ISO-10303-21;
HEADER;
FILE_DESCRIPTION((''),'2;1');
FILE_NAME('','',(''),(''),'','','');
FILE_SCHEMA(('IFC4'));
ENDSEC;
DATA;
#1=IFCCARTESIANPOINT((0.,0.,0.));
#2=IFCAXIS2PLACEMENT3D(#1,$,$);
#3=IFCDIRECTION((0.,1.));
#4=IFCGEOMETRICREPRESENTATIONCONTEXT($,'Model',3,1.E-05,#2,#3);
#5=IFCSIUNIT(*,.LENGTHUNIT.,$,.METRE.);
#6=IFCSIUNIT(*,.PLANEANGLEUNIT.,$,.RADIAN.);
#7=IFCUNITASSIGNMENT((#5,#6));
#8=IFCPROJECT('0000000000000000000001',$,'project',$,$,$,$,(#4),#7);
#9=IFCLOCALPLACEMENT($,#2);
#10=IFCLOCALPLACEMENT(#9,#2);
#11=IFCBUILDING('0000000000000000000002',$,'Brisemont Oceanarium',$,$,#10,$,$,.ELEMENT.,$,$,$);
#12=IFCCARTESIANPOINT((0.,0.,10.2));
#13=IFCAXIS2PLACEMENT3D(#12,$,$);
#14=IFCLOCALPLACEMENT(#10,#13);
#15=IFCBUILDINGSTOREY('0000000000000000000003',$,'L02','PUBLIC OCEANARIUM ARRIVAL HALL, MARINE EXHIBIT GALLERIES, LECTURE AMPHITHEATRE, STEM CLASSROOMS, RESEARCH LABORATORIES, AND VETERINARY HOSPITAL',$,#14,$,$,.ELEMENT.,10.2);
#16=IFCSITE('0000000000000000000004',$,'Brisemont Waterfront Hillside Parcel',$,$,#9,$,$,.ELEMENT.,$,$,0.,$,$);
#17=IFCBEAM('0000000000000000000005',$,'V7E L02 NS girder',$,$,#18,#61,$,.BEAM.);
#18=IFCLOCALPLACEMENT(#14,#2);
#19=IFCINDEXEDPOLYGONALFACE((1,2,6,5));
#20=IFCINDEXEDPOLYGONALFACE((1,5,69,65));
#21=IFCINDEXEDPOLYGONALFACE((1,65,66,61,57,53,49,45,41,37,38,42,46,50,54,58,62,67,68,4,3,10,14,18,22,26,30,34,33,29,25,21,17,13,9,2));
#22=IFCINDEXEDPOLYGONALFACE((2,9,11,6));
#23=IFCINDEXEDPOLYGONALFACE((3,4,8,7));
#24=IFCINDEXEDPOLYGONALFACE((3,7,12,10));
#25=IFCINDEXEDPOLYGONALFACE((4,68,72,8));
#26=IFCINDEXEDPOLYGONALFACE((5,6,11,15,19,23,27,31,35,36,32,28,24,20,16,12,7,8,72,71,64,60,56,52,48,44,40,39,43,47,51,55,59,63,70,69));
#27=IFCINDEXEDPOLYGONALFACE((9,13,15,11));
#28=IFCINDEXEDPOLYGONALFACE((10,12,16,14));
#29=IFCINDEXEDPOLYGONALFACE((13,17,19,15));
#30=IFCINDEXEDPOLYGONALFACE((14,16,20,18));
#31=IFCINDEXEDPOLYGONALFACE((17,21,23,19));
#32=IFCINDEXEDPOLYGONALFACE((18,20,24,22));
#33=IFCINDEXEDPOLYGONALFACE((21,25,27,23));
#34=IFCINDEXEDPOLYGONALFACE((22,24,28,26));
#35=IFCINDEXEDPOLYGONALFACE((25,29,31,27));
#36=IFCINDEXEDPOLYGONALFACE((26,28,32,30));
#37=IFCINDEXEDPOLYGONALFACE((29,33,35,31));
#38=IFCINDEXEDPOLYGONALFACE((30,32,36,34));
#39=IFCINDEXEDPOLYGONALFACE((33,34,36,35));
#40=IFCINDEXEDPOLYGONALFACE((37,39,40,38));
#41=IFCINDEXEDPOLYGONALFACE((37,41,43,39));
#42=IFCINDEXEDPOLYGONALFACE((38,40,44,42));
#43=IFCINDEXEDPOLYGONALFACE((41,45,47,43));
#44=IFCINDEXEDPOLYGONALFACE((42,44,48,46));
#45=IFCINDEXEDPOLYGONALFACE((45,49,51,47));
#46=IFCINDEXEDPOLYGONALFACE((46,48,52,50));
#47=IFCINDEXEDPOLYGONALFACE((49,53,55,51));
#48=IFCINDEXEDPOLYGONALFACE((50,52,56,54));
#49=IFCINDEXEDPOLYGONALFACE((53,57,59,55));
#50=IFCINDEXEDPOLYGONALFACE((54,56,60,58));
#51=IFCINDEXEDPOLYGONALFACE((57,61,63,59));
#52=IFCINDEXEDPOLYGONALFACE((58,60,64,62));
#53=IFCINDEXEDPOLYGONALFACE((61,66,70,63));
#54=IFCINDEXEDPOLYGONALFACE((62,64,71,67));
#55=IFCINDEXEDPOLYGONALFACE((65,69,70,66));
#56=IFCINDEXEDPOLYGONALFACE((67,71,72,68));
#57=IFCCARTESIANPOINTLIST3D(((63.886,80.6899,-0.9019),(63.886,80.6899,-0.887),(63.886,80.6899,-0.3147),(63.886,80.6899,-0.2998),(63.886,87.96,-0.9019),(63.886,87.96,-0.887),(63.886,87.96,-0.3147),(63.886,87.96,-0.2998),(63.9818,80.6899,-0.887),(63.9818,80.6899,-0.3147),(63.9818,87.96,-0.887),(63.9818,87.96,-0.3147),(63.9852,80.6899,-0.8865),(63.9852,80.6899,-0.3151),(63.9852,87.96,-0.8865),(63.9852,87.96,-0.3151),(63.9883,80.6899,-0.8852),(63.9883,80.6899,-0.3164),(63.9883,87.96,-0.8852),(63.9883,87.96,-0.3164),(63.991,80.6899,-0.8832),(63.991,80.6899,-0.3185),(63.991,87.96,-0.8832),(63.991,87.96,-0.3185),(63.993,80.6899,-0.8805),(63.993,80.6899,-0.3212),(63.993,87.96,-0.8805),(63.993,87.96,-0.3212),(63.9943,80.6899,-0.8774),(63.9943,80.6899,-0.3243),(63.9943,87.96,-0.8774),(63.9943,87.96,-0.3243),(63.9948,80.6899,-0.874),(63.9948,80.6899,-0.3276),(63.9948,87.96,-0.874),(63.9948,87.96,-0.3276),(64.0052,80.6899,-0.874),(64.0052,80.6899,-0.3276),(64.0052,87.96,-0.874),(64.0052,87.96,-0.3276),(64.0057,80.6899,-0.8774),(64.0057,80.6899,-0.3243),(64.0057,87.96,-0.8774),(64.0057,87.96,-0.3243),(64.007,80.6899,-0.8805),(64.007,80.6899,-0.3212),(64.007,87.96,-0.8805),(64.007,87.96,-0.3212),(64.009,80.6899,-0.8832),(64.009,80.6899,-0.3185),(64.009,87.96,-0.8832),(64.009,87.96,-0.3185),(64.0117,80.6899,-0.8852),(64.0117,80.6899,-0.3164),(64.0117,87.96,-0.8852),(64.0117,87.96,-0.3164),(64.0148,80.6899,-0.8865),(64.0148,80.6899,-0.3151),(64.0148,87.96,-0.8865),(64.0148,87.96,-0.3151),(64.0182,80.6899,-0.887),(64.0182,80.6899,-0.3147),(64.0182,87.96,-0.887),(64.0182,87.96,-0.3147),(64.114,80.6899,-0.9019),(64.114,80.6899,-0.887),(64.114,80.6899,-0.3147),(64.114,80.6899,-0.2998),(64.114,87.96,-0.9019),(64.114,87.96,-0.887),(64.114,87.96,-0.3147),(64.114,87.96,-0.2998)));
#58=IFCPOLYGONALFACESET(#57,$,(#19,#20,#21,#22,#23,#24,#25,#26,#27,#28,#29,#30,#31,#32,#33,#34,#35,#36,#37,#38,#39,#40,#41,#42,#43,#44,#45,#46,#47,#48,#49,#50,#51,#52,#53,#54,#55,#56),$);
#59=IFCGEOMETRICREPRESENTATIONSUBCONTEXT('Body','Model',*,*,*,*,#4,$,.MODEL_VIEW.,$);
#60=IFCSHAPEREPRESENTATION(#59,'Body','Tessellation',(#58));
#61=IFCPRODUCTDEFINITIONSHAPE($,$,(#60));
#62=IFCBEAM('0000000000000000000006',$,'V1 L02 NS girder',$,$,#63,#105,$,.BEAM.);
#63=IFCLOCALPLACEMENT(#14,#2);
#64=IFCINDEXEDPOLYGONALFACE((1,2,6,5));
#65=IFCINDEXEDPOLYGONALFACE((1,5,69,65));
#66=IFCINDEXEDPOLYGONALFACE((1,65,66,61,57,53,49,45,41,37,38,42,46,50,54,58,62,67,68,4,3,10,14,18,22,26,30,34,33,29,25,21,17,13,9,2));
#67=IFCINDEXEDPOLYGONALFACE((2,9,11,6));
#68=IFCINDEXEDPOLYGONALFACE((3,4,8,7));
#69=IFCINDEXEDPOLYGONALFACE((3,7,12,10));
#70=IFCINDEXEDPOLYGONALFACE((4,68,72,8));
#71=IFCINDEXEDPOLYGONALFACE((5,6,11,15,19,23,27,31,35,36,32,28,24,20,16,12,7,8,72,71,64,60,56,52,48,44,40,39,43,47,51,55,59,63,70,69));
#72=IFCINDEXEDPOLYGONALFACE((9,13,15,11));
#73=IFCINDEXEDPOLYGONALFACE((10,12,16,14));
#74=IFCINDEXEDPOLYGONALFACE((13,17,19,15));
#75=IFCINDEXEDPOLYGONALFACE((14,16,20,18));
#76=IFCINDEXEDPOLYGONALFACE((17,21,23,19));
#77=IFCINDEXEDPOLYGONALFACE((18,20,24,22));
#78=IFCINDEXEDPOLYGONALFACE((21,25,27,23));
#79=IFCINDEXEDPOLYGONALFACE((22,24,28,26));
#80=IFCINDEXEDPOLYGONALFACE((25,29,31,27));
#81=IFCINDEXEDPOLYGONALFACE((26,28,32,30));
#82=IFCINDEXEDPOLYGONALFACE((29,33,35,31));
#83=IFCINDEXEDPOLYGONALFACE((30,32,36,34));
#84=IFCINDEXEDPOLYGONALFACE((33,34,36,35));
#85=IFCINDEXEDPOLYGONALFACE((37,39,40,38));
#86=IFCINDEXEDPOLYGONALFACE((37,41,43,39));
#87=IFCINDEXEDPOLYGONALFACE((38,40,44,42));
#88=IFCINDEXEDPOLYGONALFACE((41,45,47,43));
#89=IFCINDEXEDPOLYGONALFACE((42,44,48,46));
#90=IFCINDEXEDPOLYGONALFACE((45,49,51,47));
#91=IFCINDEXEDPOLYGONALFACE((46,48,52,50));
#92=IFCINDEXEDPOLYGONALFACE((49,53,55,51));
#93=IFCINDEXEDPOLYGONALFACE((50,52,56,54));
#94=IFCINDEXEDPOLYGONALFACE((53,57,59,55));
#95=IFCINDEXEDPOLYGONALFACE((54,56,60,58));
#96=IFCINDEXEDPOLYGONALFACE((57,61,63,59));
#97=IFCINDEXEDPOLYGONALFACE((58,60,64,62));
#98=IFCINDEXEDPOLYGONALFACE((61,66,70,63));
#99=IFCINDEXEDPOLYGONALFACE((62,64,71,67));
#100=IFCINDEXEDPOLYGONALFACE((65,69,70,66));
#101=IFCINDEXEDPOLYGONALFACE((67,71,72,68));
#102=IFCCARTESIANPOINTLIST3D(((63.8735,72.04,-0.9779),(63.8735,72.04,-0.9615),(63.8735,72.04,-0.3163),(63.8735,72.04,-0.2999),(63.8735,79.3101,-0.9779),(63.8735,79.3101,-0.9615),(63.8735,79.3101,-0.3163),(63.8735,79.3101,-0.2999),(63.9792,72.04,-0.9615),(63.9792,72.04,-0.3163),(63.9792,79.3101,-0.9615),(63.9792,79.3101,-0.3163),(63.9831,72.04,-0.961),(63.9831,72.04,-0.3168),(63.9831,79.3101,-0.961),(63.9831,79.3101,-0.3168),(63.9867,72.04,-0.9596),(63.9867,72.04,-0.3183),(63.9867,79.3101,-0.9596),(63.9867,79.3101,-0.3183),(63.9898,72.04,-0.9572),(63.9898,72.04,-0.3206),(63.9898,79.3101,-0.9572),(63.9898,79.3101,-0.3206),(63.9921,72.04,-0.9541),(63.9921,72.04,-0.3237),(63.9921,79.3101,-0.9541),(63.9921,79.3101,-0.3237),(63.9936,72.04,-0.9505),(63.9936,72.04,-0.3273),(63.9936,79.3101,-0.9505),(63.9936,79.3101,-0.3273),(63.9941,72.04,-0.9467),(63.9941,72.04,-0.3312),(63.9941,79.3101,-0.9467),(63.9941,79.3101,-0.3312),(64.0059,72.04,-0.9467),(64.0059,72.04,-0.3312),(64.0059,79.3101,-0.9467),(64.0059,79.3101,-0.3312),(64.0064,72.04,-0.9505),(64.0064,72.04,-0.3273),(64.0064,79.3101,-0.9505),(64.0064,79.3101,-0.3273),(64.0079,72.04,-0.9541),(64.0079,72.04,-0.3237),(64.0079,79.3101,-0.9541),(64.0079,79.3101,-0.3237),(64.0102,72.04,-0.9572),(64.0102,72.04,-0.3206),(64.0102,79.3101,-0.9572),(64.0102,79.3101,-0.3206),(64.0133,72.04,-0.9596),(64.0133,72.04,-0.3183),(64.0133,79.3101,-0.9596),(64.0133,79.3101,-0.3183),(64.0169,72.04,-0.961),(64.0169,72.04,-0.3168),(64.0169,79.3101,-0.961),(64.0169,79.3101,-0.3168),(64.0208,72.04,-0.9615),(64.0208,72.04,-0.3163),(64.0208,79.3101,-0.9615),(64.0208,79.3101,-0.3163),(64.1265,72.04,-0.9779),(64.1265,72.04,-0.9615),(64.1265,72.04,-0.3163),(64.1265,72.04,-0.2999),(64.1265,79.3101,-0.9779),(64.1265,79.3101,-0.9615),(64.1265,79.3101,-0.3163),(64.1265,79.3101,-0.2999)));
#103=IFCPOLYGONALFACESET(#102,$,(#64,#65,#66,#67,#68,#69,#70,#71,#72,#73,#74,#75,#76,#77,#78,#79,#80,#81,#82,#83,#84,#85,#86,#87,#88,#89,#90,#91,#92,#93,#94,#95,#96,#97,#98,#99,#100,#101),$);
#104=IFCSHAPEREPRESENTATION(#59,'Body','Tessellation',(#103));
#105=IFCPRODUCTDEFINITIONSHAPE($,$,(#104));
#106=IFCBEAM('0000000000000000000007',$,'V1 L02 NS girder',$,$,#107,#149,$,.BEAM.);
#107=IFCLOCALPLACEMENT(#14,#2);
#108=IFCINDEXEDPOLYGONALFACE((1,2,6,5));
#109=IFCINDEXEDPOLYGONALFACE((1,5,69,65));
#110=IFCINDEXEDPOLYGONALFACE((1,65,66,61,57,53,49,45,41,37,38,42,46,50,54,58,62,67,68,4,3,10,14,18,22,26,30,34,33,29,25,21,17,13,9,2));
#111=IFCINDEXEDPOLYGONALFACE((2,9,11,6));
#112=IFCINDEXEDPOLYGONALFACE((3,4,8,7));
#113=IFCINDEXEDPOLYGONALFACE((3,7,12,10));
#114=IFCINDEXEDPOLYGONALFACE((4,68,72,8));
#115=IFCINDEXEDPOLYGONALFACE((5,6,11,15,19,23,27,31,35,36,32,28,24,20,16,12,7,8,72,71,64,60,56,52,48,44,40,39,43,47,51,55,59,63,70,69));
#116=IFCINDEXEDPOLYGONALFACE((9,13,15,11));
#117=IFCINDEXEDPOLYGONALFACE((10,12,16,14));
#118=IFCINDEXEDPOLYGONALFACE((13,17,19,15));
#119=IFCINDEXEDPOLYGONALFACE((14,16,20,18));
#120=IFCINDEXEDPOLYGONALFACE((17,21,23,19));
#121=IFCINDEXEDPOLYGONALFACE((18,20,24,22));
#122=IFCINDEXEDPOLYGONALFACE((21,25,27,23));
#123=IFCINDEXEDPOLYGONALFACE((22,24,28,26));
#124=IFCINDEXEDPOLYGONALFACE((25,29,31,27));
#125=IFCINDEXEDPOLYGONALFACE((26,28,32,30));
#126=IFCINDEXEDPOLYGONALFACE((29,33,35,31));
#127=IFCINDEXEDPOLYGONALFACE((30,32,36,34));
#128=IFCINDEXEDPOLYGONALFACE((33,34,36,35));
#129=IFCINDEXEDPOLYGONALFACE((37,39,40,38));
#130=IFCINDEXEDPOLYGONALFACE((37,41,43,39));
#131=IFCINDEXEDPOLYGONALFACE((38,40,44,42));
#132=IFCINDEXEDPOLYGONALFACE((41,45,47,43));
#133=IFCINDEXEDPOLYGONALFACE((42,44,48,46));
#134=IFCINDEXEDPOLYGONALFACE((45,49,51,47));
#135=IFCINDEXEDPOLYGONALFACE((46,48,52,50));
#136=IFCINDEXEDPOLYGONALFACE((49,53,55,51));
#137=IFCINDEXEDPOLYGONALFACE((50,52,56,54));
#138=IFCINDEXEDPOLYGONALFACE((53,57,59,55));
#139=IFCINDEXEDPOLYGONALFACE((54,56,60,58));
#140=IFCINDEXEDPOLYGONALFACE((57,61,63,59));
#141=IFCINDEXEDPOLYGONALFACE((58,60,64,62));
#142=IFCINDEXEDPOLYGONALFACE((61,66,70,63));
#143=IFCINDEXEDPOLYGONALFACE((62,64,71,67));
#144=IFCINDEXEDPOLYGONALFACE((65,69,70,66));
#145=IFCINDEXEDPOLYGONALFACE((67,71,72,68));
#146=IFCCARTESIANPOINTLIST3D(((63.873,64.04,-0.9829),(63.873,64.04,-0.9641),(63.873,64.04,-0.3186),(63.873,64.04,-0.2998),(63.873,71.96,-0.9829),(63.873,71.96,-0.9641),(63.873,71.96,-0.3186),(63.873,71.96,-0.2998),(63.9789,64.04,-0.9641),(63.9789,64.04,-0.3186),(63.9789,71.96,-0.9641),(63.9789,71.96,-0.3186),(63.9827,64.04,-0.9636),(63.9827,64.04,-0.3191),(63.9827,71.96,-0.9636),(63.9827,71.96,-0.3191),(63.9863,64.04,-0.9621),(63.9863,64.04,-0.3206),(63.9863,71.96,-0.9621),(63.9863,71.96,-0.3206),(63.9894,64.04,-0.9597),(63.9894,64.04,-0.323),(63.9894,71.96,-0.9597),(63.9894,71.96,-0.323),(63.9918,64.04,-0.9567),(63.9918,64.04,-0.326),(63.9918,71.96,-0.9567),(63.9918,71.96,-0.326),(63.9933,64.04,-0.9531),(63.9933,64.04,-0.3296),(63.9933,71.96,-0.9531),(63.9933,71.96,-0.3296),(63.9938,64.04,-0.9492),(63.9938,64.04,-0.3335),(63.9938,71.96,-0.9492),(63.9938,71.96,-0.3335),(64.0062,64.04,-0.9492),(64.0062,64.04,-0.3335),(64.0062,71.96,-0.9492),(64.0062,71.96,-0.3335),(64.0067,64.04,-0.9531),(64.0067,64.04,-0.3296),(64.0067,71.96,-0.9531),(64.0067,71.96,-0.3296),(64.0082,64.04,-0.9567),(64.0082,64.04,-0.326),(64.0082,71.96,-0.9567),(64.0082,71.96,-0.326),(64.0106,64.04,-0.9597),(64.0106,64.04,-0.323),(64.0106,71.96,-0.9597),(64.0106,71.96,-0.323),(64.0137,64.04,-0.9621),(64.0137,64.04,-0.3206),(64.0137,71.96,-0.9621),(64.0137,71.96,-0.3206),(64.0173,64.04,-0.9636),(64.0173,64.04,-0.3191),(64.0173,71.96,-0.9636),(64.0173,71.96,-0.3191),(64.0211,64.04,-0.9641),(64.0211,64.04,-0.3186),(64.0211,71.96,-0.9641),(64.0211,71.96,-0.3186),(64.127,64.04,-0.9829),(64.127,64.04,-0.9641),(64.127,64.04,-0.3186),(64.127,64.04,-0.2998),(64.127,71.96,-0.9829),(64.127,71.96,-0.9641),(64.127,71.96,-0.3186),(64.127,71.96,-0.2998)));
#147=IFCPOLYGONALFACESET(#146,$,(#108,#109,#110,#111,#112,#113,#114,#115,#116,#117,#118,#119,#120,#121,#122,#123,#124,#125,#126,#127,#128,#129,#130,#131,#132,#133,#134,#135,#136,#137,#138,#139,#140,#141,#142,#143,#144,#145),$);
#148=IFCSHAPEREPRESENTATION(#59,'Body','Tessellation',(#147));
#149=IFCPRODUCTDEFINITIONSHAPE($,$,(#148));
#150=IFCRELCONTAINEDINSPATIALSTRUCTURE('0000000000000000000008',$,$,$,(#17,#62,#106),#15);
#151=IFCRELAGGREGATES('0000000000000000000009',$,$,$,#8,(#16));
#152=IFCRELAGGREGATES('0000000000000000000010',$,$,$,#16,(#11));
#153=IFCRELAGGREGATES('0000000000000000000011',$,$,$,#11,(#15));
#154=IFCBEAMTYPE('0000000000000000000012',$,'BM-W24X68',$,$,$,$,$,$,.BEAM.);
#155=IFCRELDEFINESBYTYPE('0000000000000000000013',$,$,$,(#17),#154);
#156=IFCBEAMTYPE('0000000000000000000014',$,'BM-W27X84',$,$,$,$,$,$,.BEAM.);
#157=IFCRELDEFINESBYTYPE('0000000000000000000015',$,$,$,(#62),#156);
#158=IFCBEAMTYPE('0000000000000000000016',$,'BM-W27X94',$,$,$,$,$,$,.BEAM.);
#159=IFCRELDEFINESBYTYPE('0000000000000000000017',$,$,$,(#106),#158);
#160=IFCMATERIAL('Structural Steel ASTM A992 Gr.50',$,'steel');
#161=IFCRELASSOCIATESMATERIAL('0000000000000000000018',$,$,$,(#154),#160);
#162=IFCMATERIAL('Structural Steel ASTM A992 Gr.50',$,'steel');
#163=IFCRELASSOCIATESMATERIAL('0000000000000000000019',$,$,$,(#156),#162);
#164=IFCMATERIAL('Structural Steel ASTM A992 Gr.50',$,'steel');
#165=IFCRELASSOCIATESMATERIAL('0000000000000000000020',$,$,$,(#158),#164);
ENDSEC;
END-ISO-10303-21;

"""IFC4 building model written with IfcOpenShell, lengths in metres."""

from ifc_helpers import new_model, si_unit, direction, frame, origin, origin_2d, place, context, subcontext, project, spatial, i_section, extrude, material, material_profile, profile_set, type_object, element, save


model = new_model("IFC4")

# Units and contexts
model_context = context("Model", 3, precision=1e-05, world=origin(), true_north=direction((0.0, 1.0)))
body_context = subcontext(model_context, "Body", "Model", "MODEL_VIEW")
ifc_project = project(units=[si_unit("LENGTHUNIT", "METRE"), si_unit("PLANEANGLEUNIT", "RADIAN")], contexts=[model_context])

# Site, building, storey
site_placement = place(None, origin())
site = spatial("IfcSite", under=ifc_project, at=site_placement, Name="Brisemont Waterfront Hillside Parcel", CompositionType="ELEMENT", RefElevation=0.0)
building_placement = place(site_placement, origin())
building = spatial("IfcBuilding", under=site, at=building_placement, Name="Brisemont Oceanarium", CompositionType="ELEMENT")
storey_placement = place(building_placement, frame((0.0, 0.0, 10.2)))
storey = spatial("IfcBuildingStorey", under=building, at=storey_placement, Name="L02", Description="PUBLIC OCEANARIUM ARRIVAL HALL, MARINE EXHIBIT GALLERIES, LECTURE AMPHITHEATRE, STEM CLASSROOMS, RESEARCH LABORATORIES, AND VETERINARY HOSPITAL", CompositionType="ELEMENT", Elevation=10.2)

# Beams
ifc_material_1 = material(Name="Structural Steel ASTM A992 Gr.50", Category="steel")
ifc_material_profile_1 = material_profile(ifc_material_1, i_section(OverallWidth=0.228, OverallDepth=0.6021, WebThickness=0.0105, FlangeThickness=0.0149, FilletRadius=0.0129, at=origin_2d()), Name="W24X68")
ifc_profile_set_1 = profile_set([ifc_material_profile_1], Name="Structural Steel ASTM A992 Gr.50")
beam_type_1 = type_object("IfcBeamType", Name="BM-W24X68", PredefinedType="BEAM", material=ifc_profile_set_1)
beam_1_placement = place(storey_placement, frame((64.0, 80.6899, -0.6008), z_axis=(0.0, 1.0, 0.0), x_axis=(-1.0, 0.0, 0.0)))
element("IfcBeam", 1, at=beam_1_placement, inside=storey, type_object=beam_type_1, Name="V7E L02 NS girder", PredefinedType="BEAM", context=body_context, shape_type="SweptSolid", body=[
    extrude(i_section(OverallWidth=0.228, OverallDepth=0.6021, WebThickness=0.0105, FlangeThickness=0.0149, FilletRadius=0.0129, at=origin_2d()), origin(), (0.0, 0.0, 1.0), 7.27),
])
ifc_material_2 = material(Name="Structural Steel ASTM A992 Gr.50", Category="steel")
ifc_material_profile_2 = material_profile(ifc_material_2, i_section(OverallWidth=0.2529, OverallDepth=0.678, WebThickness=0.0117, FlangeThickness=0.0164, FilletRadius=0.0149, at=origin_2d()), Name="W27X84")
ifc_profile_set_2 = profile_set([ifc_material_profile_2], Name="Structural Steel ASTM A992 Gr.50")
beam_type_2 = type_object("IfcBeamType", Name="BM-W27X84", PredefinedType="BEAM", material=ifc_profile_set_2)
beam_2_placement = place(storey_placement, frame((64.0, 72.04, -0.6389), z_axis=(0.0, 1.0, 0.0), x_axis=(-1.0, 0.0, 0.0)))
element("IfcBeam", 2, at=beam_2_placement, inside=storey, type_object=beam_type_2, Name="V1 L02 NS girder", PredefinedType="BEAM", context=body_context, shape_type="SweptSolid", body=[
    extrude(i_section(OverallWidth=0.2529, OverallDepth=0.678, WebThickness=0.0117, FlangeThickness=0.0164, FilletRadius=0.0149, at=origin_2d()), origin(), (0.0, 0.0, 1.0), 7.27),
])
ifc_material_3 = material(Name="Structural Steel ASTM A992 Gr.50", Category="steel")
ifc_material_profile_3 = material_profile(ifc_material_3, i_section(OverallWidth=0.2539, OverallDepth=0.6831, WebThickness=0.0125, FlangeThickness=0.0188, FilletRadius=0.0149, at=origin_2d()), Name="W27X94")
ifc_profile_set_3 = profile_set([ifc_material_profile_3], Name="Structural Steel ASTM A992 Gr.50")
beam_type_3 = type_object("IfcBeamType", Name="BM-W27X94", PredefinedType="BEAM", material=ifc_profile_set_3)
beam_3_placement = place(storey_placement, frame((64.0, 64.04, -0.6414), z_axis=(0.0, 1.0, 0.0), x_axis=(-1.0, 0.0, 0.0)))
element("IfcBeam", 3, at=beam_3_placement, inside=storey, type_object=beam_type_3, Name="V1 L02 NS girder", PredefinedType="BEAM", context=body_context, shape_type="SweptSolid", body=[
    extrude(i_section(OverallWidth=0.2539, OverallDepth=0.6831, WebThickness=0.0125, FlangeThickness=0.0188, FilletRadius=0.0149, at=origin_2d()), origin(), (0.0, 0.0, 1.0), 7.9199),
])

save(model, "model.ifc")
